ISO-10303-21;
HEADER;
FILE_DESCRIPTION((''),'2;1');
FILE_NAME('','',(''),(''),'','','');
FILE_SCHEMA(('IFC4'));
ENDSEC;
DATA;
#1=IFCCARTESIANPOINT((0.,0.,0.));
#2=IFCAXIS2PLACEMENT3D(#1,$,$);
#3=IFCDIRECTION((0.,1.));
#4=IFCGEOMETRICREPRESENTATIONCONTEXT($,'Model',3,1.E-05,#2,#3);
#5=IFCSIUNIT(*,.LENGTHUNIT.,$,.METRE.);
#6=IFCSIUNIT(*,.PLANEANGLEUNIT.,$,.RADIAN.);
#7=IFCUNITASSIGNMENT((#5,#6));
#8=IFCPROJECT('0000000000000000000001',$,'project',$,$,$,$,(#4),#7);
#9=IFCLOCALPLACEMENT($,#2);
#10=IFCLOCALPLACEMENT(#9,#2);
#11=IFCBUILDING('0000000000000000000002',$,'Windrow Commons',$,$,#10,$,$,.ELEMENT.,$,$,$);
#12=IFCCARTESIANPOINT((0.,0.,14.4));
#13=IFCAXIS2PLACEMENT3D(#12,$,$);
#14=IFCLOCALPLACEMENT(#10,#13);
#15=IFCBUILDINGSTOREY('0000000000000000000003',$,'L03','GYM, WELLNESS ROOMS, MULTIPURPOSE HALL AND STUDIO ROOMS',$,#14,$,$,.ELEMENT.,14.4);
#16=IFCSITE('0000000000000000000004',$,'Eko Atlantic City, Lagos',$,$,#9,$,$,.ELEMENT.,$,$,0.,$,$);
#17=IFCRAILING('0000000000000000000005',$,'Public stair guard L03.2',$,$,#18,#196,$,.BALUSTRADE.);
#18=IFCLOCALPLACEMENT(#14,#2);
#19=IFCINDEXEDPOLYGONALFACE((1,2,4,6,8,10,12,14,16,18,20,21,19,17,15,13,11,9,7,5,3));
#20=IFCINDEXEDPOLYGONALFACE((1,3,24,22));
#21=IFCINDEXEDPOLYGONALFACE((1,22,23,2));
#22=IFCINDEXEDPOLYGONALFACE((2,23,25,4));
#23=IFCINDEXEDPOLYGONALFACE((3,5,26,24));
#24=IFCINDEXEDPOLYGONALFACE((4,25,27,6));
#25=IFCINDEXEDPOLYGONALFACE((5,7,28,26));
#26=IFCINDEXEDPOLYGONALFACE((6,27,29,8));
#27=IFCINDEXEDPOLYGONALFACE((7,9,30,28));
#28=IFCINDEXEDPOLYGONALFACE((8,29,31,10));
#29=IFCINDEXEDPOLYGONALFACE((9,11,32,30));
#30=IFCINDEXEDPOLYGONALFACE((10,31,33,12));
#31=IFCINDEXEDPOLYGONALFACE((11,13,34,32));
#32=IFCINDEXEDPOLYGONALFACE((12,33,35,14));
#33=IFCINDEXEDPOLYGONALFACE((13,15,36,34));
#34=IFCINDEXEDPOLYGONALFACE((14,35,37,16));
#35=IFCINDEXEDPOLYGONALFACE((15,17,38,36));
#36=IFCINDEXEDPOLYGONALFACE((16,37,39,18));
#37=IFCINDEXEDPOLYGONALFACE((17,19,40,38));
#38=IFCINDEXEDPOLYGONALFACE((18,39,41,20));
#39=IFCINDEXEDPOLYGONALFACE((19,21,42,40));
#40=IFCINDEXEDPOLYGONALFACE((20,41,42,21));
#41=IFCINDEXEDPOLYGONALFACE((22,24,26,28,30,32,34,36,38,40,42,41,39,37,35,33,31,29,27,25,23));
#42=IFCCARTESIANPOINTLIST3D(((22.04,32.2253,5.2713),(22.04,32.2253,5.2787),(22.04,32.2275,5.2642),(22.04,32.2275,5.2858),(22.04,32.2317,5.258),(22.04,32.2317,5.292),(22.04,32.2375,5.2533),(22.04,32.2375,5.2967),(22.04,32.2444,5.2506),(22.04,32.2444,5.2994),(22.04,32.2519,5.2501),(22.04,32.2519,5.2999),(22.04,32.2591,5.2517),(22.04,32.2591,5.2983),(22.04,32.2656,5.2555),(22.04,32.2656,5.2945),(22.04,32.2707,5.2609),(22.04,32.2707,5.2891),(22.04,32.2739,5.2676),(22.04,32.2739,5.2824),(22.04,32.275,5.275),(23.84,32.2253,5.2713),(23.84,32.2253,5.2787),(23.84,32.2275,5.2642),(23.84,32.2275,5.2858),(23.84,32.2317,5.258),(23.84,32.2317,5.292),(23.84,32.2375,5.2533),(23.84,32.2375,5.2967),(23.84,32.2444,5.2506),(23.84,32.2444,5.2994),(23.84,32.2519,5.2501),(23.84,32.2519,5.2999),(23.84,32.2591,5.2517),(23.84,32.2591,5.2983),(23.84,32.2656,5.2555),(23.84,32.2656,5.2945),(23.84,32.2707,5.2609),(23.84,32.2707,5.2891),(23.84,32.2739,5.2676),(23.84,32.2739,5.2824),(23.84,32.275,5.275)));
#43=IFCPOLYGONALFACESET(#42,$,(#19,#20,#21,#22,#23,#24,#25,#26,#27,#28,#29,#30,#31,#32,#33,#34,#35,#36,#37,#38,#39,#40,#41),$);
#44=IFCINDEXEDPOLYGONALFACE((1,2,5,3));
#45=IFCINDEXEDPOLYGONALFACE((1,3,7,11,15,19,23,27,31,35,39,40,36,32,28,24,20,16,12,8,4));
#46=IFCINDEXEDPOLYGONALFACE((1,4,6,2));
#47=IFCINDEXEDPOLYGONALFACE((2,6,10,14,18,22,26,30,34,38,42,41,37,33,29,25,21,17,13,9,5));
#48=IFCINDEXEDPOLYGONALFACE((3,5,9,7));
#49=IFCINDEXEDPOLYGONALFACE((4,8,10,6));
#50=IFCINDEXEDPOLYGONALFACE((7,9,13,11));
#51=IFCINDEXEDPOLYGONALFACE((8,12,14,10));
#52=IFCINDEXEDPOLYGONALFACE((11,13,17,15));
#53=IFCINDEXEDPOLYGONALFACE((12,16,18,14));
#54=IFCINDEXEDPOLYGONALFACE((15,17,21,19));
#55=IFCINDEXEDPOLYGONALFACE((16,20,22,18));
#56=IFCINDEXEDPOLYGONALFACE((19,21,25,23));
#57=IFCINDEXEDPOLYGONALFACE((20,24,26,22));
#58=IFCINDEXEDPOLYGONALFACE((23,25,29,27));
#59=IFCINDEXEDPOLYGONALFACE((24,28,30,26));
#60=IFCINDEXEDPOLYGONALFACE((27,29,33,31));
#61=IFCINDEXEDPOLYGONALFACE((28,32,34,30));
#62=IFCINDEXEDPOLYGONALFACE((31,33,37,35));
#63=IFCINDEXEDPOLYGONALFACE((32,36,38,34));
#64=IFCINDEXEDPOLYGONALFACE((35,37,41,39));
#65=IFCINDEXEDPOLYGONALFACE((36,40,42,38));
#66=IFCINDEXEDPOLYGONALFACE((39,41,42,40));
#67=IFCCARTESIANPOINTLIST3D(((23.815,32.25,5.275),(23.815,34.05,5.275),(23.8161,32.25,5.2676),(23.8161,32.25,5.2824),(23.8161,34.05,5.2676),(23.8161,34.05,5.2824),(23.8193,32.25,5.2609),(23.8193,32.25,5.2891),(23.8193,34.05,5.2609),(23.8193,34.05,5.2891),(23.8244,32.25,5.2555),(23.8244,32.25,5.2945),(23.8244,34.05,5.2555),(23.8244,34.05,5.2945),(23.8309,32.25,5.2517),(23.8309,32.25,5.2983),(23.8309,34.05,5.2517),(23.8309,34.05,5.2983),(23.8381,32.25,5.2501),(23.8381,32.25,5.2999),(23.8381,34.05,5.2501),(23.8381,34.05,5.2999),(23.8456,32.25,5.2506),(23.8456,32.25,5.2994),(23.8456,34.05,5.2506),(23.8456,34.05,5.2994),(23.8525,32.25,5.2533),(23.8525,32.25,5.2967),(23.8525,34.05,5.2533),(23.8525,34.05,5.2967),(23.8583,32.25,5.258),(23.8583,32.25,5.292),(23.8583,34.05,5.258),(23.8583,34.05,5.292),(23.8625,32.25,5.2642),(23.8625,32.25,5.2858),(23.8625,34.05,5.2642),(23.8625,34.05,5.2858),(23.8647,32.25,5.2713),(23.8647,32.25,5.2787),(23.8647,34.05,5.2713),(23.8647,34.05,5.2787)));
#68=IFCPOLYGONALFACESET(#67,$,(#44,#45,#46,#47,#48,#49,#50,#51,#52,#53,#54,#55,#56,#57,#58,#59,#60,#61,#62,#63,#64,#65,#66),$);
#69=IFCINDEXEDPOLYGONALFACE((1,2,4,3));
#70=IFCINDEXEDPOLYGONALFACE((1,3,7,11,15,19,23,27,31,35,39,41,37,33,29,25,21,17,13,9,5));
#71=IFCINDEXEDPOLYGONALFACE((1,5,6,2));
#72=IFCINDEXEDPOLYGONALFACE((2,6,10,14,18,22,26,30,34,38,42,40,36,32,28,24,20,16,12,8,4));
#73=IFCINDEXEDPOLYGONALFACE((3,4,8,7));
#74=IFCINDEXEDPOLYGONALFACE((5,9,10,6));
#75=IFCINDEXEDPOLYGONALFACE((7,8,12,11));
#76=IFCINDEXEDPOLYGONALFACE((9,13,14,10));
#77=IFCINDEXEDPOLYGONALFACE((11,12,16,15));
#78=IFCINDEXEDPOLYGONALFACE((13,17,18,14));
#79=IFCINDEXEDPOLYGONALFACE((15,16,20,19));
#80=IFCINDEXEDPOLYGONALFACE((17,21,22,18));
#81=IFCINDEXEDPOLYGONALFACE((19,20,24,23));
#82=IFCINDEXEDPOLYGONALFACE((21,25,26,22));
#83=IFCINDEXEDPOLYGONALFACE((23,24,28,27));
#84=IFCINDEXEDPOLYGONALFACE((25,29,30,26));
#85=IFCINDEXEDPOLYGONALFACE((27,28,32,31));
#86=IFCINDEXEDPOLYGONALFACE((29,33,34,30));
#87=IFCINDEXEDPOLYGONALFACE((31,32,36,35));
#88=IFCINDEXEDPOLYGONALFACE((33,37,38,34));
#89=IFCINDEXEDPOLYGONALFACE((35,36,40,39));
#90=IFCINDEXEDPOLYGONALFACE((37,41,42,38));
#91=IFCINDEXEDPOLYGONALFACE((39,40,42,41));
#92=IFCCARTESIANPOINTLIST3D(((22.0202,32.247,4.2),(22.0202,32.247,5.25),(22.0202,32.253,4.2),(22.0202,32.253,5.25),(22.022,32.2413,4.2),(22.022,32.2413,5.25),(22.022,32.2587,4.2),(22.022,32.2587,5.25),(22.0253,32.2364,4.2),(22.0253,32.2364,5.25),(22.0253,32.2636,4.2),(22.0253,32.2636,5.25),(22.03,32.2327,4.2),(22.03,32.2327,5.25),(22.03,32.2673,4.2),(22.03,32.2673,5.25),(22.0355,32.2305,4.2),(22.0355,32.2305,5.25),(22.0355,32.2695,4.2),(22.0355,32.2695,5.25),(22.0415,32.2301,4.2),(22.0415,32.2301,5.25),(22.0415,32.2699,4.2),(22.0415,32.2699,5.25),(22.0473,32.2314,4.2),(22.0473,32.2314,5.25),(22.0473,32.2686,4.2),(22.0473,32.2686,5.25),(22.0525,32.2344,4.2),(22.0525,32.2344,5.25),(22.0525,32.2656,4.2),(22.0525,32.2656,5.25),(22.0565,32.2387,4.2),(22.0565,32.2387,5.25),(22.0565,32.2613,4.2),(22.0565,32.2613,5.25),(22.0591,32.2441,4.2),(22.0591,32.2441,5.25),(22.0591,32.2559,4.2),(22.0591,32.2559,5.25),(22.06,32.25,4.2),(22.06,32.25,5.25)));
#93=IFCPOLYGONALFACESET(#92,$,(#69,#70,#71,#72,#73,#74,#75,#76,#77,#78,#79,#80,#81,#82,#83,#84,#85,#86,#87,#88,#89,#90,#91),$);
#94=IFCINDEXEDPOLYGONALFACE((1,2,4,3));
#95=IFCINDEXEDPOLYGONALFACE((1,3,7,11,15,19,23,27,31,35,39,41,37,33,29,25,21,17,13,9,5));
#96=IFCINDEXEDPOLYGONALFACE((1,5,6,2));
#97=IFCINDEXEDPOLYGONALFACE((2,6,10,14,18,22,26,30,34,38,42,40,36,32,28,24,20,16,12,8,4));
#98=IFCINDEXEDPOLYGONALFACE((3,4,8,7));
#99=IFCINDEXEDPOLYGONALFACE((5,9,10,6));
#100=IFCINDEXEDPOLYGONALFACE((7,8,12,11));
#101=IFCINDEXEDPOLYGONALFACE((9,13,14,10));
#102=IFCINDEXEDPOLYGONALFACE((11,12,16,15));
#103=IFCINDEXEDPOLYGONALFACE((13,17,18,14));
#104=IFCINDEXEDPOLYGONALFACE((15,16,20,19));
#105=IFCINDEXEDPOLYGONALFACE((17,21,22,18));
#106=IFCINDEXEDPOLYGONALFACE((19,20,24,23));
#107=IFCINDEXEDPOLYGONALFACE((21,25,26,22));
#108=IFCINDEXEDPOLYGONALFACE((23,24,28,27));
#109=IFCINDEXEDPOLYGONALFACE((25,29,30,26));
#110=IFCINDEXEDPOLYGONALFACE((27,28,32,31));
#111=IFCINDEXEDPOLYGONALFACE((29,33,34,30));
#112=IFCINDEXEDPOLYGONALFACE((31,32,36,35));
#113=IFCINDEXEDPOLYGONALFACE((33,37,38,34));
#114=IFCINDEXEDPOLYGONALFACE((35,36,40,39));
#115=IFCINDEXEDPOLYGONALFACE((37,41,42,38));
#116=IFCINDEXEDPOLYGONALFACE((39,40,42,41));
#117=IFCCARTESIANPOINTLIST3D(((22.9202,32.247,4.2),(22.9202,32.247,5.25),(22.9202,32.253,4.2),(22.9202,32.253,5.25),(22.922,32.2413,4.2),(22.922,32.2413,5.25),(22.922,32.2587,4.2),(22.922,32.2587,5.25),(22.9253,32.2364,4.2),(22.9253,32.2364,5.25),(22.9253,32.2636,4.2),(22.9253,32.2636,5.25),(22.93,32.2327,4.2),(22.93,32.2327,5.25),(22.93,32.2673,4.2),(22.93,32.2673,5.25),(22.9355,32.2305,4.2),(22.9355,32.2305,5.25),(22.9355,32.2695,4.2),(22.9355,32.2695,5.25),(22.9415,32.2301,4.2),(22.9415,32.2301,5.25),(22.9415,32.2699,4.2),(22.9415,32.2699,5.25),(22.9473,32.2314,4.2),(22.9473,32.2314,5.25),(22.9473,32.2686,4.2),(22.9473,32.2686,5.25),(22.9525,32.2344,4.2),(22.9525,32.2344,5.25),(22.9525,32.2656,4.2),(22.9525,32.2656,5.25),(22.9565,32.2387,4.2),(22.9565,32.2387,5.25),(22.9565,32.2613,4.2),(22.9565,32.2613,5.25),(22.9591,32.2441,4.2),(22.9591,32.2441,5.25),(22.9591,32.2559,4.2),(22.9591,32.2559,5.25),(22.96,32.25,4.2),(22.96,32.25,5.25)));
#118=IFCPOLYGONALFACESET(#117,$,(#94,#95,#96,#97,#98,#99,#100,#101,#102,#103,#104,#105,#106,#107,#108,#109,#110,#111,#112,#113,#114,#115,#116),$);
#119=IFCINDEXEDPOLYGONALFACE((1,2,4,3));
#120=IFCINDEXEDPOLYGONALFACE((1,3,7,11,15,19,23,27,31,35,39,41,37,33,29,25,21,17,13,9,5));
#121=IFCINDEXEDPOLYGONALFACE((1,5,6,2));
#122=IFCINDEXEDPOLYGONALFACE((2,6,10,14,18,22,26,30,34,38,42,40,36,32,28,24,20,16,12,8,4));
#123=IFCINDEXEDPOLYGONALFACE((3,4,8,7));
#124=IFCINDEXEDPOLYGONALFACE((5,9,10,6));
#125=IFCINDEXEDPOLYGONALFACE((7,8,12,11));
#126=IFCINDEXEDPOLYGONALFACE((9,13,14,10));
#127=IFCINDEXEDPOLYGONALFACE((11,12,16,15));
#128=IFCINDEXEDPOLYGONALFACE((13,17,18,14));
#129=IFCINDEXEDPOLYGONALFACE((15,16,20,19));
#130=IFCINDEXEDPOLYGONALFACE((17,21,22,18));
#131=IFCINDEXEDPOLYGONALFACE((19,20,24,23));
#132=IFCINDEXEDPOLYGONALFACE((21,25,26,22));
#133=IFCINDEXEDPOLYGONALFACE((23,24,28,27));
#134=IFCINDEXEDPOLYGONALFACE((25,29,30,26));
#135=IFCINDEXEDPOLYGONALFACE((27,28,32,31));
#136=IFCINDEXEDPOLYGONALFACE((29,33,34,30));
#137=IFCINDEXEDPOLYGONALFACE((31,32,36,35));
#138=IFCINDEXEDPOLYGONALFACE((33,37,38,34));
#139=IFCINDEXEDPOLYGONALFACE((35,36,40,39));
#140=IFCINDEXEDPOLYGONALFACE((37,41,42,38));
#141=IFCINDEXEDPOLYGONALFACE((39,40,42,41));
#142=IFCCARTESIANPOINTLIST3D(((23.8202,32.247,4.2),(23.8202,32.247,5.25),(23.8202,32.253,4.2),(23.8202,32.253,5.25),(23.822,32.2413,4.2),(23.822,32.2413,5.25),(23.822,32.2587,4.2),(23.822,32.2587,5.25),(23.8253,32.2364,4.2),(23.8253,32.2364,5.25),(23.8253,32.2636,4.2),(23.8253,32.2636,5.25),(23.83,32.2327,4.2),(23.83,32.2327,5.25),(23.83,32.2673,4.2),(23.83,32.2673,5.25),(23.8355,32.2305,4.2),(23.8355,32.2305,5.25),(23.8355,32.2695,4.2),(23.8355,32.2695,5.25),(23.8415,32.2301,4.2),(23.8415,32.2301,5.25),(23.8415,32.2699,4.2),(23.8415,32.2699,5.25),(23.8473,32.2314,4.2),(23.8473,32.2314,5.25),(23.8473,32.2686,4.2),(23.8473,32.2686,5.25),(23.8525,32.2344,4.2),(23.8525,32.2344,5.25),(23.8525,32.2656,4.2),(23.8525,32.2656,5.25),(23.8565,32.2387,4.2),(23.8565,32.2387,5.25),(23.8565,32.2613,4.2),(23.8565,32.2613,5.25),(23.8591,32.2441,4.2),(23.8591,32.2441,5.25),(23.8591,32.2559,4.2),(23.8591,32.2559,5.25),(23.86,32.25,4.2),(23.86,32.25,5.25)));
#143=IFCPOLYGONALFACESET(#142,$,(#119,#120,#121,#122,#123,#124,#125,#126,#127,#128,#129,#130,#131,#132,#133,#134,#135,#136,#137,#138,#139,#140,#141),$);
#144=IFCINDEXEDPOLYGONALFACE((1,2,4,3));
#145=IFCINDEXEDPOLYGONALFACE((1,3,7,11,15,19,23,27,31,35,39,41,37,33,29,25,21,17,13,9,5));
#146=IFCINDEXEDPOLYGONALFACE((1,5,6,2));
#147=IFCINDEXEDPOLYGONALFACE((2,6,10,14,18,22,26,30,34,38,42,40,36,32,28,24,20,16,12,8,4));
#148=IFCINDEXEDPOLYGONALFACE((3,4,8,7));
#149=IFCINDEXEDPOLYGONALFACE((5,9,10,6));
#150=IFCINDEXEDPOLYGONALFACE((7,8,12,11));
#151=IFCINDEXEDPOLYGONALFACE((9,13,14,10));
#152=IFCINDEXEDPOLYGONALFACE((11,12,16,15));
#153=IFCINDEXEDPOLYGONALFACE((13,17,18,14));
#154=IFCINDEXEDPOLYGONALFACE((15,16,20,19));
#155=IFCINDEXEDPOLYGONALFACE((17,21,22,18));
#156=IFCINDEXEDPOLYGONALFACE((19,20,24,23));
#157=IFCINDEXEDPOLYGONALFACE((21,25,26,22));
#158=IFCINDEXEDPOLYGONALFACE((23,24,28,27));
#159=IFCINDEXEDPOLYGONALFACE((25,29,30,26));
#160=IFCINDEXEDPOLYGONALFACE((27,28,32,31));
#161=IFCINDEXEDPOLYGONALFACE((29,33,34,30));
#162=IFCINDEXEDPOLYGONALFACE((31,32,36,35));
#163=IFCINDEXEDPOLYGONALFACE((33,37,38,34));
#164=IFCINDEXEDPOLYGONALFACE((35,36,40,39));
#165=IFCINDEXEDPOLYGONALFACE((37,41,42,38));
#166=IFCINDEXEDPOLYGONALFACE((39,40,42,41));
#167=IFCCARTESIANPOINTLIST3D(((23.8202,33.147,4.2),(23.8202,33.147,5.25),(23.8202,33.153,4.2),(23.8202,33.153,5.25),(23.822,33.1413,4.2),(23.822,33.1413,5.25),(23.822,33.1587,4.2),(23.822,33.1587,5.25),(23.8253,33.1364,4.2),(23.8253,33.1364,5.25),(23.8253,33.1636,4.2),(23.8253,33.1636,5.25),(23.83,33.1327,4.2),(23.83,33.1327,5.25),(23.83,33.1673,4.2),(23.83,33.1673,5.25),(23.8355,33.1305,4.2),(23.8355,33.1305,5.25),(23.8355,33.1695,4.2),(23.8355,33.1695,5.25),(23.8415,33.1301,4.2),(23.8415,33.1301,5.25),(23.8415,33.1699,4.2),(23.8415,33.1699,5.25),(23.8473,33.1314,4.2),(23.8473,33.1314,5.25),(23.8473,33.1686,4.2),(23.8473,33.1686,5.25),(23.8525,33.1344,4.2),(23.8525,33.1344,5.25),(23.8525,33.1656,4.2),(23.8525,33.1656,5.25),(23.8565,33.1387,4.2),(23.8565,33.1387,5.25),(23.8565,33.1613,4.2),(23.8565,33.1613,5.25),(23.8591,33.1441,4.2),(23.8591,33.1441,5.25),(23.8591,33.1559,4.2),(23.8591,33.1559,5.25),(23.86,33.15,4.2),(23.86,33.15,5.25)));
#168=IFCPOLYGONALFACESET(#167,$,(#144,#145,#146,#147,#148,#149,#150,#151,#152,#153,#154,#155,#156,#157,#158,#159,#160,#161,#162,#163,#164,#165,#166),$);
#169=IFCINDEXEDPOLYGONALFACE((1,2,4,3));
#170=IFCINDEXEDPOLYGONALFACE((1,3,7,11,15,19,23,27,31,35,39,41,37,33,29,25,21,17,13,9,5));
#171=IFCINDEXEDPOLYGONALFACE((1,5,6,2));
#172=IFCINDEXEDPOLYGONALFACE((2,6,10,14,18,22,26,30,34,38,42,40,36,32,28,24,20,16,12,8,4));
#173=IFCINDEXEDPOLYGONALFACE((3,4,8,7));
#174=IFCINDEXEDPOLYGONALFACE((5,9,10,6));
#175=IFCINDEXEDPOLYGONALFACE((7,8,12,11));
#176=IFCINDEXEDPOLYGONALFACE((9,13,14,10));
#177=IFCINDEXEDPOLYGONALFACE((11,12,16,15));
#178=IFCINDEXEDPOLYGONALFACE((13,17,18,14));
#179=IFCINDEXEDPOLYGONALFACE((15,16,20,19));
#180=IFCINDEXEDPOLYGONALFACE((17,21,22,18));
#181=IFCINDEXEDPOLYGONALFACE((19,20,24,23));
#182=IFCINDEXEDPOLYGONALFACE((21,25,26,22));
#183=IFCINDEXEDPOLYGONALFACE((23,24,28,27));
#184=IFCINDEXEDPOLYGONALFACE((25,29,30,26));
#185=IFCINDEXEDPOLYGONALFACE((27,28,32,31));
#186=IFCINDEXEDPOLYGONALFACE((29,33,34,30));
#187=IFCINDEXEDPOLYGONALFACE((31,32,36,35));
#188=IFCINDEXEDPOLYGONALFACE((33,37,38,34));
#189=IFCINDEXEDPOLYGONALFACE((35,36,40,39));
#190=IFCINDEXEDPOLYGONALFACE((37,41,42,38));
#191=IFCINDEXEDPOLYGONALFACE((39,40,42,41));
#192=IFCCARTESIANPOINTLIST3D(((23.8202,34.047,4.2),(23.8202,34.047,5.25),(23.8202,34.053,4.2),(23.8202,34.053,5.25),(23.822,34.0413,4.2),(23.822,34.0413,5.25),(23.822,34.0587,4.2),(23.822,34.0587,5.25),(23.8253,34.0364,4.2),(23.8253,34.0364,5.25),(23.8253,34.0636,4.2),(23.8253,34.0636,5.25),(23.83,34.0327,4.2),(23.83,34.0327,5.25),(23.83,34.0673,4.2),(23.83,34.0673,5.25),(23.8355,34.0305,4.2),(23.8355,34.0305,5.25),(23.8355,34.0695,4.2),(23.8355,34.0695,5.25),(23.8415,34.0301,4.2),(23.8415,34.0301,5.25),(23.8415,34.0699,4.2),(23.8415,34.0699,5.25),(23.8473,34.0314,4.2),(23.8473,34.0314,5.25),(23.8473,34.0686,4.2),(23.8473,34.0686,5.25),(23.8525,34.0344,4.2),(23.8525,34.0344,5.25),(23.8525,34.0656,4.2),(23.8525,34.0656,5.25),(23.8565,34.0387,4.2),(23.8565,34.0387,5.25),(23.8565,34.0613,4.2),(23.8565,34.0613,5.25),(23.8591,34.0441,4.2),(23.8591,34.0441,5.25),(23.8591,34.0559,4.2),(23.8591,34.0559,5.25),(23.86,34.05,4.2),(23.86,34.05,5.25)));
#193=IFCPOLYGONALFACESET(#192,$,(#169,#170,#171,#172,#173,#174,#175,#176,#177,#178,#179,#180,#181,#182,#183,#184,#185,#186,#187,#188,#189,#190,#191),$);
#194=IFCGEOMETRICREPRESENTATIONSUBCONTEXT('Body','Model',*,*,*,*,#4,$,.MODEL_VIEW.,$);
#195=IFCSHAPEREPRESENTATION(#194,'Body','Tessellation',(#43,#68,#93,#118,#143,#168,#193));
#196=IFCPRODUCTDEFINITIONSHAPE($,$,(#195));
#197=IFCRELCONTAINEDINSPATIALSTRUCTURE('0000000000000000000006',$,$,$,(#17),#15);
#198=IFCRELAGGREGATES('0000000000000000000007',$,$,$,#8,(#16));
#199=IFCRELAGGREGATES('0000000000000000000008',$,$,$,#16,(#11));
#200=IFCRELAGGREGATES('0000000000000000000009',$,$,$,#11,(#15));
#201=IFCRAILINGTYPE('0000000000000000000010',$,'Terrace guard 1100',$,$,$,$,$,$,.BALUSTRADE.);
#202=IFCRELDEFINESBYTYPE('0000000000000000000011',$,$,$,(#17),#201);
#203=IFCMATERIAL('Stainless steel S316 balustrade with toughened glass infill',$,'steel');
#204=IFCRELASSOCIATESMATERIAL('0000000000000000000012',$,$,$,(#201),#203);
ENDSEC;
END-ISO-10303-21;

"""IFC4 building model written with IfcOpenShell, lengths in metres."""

from ifc_helpers import new_model, si_unit, direction, frame, origin, origin_2d, place, context, subcontext, project, spatial, circle, extrude, material, type_object, element, save


model = new_model("IFC4")

# Units and contexts
model_context = context("Model", 3, precision=1e-05, world=origin(), true_north=direction((0.0, 1.0)))
body_context = subcontext(model_context, "Body", "Model", "MODEL_VIEW")
ifc_project = project(units=[si_unit("LENGTHUNIT", "METRE"), si_unit("PLANEANGLEUNIT", "RADIAN")], contexts=[model_context])

# Site, building, storey
site_placement = place(None, origin())
site = spatial("IfcSite", under=ifc_project, at=site_placement, Name="Eko Atlantic City, Lagos", CompositionType="ELEMENT", RefElevation=0.0)
building_placement = place(site_placement, origin())
building = spatial("IfcBuilding", under=site, at=building_placement, Name="Windrow Commons", CompositionType="ELEMENT")
storey_placement = place(building_placement, frame((0.0, 0.0, 14.4)))
storey = spatial("IfcBuildingStorey", under=building, at=storey_placement, Name="L03", Description="GYM, WELLNESS ROOMS, MULTIPURPOSE HALL AND STUDIO ROOMS", CompositionType="ELEMENT", Elevation=14.4)

# Railing
ifc_material_1 = material(Name="Stainless steel S316 balustrade with toughened glass infill", Category="steel")
railing_type_1 = type_object("IfcRailingType", Name="Terrace guard 1100", PredefinedType="BALUSTRADE", material=ifc_material_1)
railing_1_placement = place(storey_placement, frame((22.04, 32.25, 4.2)))
element("IfcRailing", 1, at=railing_1_placement, inside=storey, type_object=railing_type_1, Name="Public stair guard L03.2", PredefinedType="BALUSTRADE", context=body_context, shape_type="SweptSolid", body=[
    extrude(circle(Radius=0.025, at=origin_2d()), frame((0.0, 0.0, 1.075), z_axis=(1.0, 0.0, 0.0), x_axis=(0.0, 1.0, 0.0)), (0.0, 0.0, 1.0), 1.8),
    extrude(circle(Radius=0.025, at=origin_2d()), frame((1.8, 0.0, 1.075), z_axis=(0.0, 1.0, 0.0), x_axis=(-1.0, 0.0, 0.0)), (0.0, 0.0, 1.0), 1.8),
    extrude(circle(Radius=0.02, at=origin_2d()), origin(), (0.0, 0.0, 1.0), 1.05),
    extrude(circle(Radius=0.02, at=origin_2d()), frame((0.9, 0.0, 0.0)), (0.0, 0.0, 1.0), 1.05),
    extrude(circle(Radius=0.02, at=origin_2d()), frame((1.8, 0.0, 0.0)), (0.0, 0.0, 1.0), 1.05),
    extrude(circle(Radius=0.02, at=origin_2d()), frame((1.8, 0.9, 0.0)), (0.0, 0.0, 1.0), 1.05),
    extrude(circle(Radius=0.02, at=origin_2d()), frame((1.8, 1.8, 0.0)), (0.0, 0.0, 1.0), 1.05),
])

save(model, "model.ifc")
